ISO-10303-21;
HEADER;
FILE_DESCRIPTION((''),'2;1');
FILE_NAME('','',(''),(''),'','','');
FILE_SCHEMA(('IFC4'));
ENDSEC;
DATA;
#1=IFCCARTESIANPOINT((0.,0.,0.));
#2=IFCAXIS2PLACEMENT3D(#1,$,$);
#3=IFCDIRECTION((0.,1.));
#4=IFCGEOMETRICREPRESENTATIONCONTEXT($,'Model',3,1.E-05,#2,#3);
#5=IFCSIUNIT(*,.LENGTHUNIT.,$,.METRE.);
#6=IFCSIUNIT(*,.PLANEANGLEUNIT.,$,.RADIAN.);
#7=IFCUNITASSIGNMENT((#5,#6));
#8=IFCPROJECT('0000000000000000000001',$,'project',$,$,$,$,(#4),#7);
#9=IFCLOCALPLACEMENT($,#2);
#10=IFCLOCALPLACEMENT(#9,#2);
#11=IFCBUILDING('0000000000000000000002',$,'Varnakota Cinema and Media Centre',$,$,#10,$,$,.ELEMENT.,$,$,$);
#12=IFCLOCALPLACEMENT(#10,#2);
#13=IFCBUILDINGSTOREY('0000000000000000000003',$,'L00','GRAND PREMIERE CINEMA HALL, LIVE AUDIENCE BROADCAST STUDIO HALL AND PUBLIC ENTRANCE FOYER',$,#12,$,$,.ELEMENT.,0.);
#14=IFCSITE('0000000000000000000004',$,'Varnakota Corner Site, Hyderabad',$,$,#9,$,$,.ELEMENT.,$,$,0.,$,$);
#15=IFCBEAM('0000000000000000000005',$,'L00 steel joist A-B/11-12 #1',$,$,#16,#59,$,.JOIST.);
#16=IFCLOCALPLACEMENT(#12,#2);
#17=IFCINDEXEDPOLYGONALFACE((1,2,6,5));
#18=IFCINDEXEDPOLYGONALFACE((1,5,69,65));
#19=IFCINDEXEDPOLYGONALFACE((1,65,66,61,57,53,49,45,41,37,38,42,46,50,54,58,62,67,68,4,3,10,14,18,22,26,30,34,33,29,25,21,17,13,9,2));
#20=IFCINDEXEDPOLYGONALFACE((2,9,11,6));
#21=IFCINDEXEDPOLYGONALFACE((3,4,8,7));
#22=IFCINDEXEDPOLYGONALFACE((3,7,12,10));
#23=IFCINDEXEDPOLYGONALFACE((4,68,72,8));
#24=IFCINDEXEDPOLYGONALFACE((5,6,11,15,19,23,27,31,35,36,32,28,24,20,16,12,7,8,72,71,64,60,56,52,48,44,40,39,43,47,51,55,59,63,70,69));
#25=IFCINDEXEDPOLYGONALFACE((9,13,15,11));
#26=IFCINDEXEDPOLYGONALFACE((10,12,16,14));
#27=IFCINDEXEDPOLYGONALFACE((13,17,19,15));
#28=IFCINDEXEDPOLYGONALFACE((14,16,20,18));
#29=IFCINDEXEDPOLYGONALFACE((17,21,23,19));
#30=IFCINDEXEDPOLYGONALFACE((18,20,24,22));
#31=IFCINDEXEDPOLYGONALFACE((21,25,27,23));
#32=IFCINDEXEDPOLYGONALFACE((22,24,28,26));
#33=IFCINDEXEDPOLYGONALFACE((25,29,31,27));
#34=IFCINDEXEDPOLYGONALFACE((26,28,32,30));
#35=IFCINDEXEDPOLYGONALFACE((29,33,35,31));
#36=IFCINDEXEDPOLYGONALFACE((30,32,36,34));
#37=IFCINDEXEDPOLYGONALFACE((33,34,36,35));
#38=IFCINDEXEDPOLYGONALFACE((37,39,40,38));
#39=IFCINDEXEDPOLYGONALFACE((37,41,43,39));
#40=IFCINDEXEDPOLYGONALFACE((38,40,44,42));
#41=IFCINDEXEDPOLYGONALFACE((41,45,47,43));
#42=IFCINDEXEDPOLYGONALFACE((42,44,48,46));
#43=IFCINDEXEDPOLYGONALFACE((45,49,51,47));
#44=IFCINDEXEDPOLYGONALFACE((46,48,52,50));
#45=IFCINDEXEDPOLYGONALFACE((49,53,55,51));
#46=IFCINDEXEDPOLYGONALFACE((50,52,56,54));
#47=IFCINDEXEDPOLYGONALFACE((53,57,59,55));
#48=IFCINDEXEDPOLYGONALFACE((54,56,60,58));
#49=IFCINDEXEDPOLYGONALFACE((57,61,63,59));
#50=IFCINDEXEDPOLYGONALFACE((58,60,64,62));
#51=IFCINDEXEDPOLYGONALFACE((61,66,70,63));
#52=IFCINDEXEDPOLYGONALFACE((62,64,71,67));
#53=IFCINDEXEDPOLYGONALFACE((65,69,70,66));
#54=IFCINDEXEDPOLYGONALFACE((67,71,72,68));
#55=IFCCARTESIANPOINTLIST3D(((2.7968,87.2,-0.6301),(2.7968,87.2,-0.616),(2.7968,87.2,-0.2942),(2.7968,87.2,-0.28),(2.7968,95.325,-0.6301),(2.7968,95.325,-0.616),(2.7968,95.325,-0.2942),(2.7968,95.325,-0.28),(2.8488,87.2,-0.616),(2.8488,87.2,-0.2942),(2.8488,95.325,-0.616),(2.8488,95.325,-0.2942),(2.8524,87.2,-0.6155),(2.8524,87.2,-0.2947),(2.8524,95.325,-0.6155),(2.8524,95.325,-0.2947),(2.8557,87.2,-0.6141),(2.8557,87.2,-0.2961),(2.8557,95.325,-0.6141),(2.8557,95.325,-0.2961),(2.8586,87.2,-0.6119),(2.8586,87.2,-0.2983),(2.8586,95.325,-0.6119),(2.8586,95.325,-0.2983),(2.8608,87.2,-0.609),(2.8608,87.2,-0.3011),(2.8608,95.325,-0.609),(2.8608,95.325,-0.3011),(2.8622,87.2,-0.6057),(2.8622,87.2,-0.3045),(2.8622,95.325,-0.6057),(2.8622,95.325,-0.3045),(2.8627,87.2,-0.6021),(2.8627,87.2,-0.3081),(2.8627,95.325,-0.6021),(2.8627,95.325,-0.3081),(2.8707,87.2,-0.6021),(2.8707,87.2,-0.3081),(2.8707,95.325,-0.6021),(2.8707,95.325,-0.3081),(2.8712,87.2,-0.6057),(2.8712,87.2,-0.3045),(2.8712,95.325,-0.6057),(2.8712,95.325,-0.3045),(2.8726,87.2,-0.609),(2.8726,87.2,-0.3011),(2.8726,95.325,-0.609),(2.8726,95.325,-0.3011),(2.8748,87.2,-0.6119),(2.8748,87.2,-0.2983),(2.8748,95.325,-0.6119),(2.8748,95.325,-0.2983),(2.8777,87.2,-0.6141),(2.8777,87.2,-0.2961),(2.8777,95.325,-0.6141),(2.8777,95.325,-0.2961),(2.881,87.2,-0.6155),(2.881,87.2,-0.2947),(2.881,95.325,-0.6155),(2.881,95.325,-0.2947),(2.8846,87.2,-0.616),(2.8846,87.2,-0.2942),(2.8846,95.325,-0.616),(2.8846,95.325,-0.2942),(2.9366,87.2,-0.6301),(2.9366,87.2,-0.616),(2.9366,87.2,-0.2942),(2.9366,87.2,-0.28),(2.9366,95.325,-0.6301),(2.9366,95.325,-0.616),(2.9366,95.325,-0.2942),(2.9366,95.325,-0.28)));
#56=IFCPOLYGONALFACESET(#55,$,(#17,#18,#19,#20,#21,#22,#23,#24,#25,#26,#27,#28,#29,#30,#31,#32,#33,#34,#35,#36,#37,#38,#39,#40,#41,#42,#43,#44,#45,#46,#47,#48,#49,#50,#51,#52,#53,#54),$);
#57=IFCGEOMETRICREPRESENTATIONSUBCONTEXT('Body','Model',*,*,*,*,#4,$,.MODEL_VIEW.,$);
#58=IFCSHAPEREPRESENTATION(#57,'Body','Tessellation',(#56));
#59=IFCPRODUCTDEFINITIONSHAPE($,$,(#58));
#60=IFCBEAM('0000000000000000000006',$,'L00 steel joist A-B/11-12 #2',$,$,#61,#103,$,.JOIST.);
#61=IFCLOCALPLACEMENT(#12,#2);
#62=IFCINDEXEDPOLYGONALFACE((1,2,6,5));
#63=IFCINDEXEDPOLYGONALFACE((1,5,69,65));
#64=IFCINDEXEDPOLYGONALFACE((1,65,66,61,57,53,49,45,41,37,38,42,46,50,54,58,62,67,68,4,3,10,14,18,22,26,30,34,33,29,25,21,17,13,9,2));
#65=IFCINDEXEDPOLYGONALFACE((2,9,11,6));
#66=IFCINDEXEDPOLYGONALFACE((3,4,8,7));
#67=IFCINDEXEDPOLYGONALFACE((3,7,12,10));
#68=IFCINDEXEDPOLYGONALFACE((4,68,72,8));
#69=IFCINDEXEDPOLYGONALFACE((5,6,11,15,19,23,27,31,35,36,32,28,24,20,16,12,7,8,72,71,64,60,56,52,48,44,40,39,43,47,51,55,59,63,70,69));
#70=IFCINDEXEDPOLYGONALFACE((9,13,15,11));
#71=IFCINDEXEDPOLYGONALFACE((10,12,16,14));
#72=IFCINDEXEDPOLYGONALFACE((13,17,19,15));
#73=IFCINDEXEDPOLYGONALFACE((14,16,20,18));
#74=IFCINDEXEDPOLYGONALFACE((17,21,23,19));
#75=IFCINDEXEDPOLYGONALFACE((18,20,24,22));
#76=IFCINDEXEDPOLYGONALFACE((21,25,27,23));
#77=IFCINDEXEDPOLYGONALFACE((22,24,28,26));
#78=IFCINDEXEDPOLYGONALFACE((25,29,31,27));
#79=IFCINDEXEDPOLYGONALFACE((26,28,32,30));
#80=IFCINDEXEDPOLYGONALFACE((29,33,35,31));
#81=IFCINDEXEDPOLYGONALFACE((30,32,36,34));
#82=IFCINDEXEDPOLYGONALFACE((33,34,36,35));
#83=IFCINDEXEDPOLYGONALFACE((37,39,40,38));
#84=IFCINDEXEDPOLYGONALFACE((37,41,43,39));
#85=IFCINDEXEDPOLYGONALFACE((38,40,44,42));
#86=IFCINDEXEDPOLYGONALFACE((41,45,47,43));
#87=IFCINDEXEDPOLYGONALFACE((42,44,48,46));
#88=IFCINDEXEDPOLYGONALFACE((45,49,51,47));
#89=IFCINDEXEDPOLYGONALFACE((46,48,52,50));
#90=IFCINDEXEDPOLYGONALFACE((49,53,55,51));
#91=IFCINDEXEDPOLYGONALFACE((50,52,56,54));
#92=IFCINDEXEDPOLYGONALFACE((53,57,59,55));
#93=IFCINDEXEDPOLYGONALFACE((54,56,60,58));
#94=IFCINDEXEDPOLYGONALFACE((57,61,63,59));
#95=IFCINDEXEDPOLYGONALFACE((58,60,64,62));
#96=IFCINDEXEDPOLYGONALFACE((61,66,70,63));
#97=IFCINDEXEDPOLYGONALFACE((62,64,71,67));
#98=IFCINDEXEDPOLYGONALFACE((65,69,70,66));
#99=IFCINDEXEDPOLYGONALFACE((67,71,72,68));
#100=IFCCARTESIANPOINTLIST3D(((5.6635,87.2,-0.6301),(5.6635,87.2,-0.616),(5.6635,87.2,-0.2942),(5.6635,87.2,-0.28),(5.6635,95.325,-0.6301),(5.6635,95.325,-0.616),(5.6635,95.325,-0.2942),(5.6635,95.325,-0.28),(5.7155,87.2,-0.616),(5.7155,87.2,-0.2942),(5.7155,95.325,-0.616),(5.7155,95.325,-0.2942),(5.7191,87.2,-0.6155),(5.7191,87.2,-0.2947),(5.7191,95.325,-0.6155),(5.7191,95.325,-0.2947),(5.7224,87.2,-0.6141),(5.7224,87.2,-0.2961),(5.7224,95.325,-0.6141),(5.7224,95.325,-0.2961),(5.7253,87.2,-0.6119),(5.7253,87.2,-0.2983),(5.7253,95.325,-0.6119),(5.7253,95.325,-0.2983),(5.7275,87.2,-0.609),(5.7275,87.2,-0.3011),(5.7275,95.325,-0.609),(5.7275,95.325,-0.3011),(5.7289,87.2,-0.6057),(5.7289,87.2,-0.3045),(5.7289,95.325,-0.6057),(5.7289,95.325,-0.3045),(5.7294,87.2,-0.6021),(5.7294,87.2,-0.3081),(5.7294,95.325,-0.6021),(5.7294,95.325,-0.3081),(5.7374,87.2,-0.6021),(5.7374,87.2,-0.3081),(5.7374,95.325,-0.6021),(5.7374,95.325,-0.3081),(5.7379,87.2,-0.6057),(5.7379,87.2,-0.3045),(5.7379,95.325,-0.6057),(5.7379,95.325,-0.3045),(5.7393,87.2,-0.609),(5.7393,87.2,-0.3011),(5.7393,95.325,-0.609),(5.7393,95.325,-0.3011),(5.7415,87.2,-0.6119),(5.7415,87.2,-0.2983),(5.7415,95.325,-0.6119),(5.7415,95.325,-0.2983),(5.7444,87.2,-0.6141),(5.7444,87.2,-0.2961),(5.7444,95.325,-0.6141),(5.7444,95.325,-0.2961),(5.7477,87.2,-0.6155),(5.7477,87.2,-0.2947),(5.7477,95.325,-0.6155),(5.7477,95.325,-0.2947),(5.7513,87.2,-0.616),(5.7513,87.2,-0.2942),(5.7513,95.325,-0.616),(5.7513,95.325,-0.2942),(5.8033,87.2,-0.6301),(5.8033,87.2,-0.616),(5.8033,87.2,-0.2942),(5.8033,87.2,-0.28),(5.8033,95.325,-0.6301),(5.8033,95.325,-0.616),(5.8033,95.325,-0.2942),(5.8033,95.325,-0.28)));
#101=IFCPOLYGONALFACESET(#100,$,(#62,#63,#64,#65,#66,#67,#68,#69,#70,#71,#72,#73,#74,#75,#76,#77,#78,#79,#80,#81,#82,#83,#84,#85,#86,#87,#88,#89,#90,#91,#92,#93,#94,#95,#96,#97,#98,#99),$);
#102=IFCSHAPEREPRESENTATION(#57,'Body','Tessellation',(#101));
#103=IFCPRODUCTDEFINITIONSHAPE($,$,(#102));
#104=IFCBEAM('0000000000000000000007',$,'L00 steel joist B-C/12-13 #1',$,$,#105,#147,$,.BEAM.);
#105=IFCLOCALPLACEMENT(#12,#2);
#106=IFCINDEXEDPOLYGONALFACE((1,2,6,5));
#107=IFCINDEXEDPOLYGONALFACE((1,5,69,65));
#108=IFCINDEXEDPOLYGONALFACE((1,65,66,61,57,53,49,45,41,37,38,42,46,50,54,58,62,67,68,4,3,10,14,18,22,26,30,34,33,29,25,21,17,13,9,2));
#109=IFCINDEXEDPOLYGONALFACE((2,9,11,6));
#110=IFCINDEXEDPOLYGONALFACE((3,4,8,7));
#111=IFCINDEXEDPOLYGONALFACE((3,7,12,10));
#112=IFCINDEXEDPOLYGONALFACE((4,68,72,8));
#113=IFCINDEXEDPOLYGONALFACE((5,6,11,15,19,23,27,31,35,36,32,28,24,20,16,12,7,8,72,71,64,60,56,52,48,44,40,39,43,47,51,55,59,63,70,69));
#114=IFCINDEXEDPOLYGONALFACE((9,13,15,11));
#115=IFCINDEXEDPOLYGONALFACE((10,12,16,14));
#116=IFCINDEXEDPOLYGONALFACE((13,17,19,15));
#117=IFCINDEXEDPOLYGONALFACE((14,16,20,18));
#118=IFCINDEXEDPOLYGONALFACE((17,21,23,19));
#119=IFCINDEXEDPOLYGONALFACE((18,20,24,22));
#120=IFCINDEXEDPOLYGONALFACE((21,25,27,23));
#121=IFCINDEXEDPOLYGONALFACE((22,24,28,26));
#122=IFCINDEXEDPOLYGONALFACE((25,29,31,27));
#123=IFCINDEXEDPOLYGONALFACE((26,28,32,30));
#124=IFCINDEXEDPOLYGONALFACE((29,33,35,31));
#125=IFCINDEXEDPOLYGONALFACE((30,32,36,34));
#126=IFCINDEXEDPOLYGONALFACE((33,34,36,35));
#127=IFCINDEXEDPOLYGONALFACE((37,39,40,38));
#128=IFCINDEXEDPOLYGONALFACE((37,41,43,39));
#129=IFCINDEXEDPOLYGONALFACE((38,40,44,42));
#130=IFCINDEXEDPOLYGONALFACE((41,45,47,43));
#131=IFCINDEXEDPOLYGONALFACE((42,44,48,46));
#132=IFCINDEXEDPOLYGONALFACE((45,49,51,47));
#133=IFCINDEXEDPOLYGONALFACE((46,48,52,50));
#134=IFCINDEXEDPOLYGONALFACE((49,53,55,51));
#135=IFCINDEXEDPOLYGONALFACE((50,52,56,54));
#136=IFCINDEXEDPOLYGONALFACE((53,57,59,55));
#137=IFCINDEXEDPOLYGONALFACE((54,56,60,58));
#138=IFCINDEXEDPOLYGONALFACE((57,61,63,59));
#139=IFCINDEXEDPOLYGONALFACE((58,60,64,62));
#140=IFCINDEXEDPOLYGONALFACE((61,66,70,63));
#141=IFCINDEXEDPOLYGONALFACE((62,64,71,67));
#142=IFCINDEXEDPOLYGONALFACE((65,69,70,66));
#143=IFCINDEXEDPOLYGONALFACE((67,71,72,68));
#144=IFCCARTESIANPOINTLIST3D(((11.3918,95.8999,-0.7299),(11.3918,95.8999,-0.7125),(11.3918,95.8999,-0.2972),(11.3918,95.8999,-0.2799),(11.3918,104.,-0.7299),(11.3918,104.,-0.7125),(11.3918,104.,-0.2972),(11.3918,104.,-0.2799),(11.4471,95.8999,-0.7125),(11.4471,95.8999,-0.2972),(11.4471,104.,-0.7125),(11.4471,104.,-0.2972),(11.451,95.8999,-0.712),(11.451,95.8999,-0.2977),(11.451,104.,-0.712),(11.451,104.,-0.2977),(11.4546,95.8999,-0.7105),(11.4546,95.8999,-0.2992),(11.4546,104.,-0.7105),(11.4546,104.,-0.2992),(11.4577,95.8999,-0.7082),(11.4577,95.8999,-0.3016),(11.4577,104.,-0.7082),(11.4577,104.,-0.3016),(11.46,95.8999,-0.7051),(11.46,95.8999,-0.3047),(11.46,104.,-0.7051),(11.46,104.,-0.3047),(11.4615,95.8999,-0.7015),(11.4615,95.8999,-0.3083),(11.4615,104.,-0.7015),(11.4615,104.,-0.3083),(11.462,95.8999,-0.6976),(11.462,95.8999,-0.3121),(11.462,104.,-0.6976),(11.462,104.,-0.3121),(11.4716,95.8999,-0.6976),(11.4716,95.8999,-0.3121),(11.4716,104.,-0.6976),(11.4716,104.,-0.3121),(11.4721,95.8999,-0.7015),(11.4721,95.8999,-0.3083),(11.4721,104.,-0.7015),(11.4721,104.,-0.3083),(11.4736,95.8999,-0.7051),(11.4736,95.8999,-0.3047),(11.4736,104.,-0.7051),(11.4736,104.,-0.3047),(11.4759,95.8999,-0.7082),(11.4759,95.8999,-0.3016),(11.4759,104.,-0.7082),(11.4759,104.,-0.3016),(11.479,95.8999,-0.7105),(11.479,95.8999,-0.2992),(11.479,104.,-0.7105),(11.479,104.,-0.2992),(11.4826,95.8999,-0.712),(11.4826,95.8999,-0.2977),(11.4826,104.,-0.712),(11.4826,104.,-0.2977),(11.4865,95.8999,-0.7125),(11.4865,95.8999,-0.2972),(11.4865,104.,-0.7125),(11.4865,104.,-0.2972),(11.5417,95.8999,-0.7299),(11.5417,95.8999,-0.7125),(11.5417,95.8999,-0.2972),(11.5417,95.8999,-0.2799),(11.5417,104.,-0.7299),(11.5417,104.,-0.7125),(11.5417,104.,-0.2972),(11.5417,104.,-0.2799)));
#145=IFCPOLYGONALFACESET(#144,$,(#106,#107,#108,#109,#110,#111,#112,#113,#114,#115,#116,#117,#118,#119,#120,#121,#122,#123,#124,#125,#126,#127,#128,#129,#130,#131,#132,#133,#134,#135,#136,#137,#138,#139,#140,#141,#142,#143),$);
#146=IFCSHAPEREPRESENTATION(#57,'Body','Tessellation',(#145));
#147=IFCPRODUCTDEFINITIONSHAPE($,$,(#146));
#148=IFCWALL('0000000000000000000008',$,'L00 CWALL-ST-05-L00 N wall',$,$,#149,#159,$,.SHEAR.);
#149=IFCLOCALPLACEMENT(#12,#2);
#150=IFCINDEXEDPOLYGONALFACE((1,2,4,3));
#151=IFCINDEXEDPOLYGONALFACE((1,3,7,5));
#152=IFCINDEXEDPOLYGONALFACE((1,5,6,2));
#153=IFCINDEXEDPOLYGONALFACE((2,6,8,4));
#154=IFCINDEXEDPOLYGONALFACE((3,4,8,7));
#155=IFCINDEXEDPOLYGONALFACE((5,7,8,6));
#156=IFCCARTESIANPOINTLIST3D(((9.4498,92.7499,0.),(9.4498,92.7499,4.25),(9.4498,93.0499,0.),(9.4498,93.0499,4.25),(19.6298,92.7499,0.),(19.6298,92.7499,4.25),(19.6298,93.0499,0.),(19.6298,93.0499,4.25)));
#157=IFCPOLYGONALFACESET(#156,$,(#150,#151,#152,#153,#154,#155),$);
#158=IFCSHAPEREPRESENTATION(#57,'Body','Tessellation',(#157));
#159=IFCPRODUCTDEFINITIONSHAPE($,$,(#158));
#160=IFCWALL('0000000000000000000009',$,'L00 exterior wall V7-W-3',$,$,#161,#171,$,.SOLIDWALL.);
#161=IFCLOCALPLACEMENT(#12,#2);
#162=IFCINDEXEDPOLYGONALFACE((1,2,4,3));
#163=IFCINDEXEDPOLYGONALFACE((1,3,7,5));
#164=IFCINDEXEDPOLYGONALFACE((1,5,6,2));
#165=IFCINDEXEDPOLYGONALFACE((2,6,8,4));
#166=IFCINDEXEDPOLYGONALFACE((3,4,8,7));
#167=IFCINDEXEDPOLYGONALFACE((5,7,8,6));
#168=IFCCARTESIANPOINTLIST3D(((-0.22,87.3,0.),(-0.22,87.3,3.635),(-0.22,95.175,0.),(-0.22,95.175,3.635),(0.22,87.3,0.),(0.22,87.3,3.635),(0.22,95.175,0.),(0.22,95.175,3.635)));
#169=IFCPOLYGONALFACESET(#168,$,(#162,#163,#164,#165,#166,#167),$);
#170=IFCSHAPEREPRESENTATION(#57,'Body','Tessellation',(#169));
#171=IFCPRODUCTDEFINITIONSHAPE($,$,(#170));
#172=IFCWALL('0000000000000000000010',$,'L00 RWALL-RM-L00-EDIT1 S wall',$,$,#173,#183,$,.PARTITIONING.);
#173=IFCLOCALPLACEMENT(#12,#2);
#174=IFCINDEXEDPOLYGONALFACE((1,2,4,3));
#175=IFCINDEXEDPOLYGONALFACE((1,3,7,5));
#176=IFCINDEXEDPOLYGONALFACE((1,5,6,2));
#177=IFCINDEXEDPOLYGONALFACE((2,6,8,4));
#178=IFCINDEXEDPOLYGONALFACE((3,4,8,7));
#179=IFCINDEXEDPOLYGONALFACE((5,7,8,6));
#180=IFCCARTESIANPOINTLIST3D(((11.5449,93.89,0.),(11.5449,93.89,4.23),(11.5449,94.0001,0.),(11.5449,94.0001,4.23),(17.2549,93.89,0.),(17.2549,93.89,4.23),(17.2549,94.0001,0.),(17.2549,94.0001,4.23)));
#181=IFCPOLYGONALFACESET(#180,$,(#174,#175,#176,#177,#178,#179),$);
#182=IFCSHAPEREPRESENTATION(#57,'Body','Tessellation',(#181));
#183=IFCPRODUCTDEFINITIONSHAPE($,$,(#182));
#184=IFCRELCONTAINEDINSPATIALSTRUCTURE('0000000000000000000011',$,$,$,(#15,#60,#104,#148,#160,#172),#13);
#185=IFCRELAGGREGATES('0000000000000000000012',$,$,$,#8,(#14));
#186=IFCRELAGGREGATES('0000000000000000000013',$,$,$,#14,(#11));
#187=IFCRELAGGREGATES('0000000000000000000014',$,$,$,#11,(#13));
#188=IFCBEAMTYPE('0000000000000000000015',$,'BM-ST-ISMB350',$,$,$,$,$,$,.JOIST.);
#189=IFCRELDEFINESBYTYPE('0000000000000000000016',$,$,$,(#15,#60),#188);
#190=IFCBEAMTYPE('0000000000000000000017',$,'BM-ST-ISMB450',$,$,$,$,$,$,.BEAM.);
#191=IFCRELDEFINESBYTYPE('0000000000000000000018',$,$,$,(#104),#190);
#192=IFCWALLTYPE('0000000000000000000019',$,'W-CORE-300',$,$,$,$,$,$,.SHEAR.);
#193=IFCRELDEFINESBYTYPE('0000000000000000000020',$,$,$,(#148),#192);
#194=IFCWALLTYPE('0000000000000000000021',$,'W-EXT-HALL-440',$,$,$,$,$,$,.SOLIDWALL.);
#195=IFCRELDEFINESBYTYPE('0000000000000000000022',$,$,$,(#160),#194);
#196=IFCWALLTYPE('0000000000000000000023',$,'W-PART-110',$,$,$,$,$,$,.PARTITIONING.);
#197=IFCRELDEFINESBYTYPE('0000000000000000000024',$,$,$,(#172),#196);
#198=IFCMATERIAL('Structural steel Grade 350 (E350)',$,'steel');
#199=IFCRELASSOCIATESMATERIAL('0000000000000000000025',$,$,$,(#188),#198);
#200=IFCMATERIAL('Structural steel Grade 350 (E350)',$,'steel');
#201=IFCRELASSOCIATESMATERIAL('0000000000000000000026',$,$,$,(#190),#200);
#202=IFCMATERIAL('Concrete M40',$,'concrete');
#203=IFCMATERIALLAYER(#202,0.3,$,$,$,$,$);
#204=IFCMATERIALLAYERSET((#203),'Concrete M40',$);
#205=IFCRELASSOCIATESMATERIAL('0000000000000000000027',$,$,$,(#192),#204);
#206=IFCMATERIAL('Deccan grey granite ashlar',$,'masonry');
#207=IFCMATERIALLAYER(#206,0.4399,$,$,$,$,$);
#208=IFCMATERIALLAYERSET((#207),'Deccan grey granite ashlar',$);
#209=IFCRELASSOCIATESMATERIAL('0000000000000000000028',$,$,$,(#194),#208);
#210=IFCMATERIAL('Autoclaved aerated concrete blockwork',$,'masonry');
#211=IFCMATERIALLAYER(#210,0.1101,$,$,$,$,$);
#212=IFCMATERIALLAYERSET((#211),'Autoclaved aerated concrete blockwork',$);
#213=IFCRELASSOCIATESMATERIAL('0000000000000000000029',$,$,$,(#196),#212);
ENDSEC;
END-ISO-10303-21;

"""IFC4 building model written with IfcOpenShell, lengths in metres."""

from ifc_helpers import new_model, si_unit, direction, frame, frame_2d, origin, origin_2d, place, context, subcontext, project, spatial, rectangle, i_section, extrude, material, layer, layer_set, material_profile, profile_set, type_object, element, save


model = new_model("IFC4")

# Units and contexts
model_context = context("Model", 3, precision=1e-05, world=origin(), true_north=direction((0.0, 1.0)))
body_context = subcontext(model_context, "Body", "Model", "MODEL_VIEW")
ifc_project = project(units=[si_unit("LENGTHUNIT", "METRE"), si_unit("PLANEANGLEUNIT", "RADIAN")], contexts=[model_context])

# Site, building, storey
site_placement = place(None, origin())
site = spatial("IfcSite", under=ifc_project, at=site_placement, Name="Varnakota Corner Site, Hyderabad", CompositionType="ELEMENT", RefElevation=0.0)
building_placement = place(site_placement, origin())
building = spatial("IfcBuilding", under=site, at=building_placement, Name="Varnakota Cinema and Media Centre", CompositionType="ELEMENT")
storey_placement = place(building_placement, origin())
storey = spatial("IfcBuildingStorey", under=building, at=storey_placement, Name="L00", Description="GRAND PREMIERE CINEMA HALL, LIVE AUDIENCE BROADCAST STUDIO HALL AND PUBLIC ENTRANCE FOYER", CompositionType="ELEMENT", Elevation=0.0)

# Beams
ifc_material_1 = material(Name="Structural steel Grade 350 (E350)", Category="steel")
ifc_material_profile_1 = material_profile(ifc_material_1, i_section(OverallWidth=0.1399, OverallDepth=0.3501, WebThickness=0.0081, FlangeThickness=0.0142, FilletRadius=0.0139, at=origin_2d()), Name="ISMB 350")
ifc_profile_set_1 = profile_set([ifc_material_profile_1], Name="Structural steel Grade 350 (E350)")
beam_type_1 = type_object("IfcBeamType", Name="BM-ST-ISMB350", PredefinedType="JOIST", material=ifc_profile_set_1)
for number, where, z_axis, x_axis, name in (
    (1, (2.8667, 87.2, -0.4551), (0.0, 1.0, 0.0), (-1.0, 0.0, 0.0), "L00 steel joist A-B/11-12 #1"),
    (2, (5.7334, 87.2, -0.4551), (0.0, 1.0, 0.0), (-1.0, 0.0, 0.0), "L00 steel joist A-B/11-12 #2"),
):
    element("IfcBeam", number, at=place(storey_placement, frame(where, z_axis=z_axis, x_axis=x_axis)), inside=storey, type_object=beam_type_1, Name=name, PredefinedType="JOIST", context=body_context, shape_type="SweptSolid", body=[
        extrude(i_section(OverallWidth=0.1399, OverallDepth=0.3501, WebThickness=0.0081, FlangeThickness=0.0142, FilletRadius=0.0139, at=origin_2d()), origin(), (0.0, 0.0, 1.0), 8.125),
    ])
ifc_material_2 = material(Name="Structural steel Grade 350 (E350)", Category="steel")
ifc_material_profile_2 = material_profile(ifc_material_2, i_section(OverallWidth=0.1499, OverallDepth=0.45, WebThickness=0.0095, FlangeThickness=0.0173, FilletRadius=0.0149, at=origin_2d()), Name="ISMB 450")
ifc_profile_set_2 = profile_set([ifc_material_profile_2], Name="Structural steel Grade 350 (E350)")
beam_type_2 = type_object("IfcBeamType", Name="BM-ST-ISMB450", PredefinedType="BEAM", material=ifc_profile_set_2)
beam_1_placement = place(storey_placement, frame((11.4668, 95.8999, -0.5049), z_axis=(0.0, 1.0, 0.0), x_axis=(-1.0, 0.0, 0.0)))
element("IfcBeam", 3, at=beam_1_placement, inside=storey, type_object=beam_type_2, Name="L00 steel joist B-C/12-13 #1", PredefinedType="BEAM", context=body_context, shape_type="SweptSolid", body=[
    extrude(i_section(OverallWidth=0.1499, OverallDepth=0.45, WebThickness=0.0095, FlangeThickness=0.0173, FilletRadius=0.0149, at=origin_2d()), origin(), (0.0, 0.0, 1.0), 8.1001),
])

# Shared definitions
ifc_material_3 = material(Name="Concrete M40", Category="concrete")
ifc_layer_1 = layer(ifc_material_3, 0.3)
ifc_layer_set_1 = layer_set([ifc_layer_1], Name="Concrete M40")
wall_type_1 = type_object("IfcWallType", Name="W-CORE-300", PredefinedType="SHEAR", material=ifc_layer_set_1)

# Walls
wall_1_placement = place(storey_placement, frame((9.45, 92.8999, 0.0), z_axis=(0.0, 0.0, 1.0), x_axis=(1.0, 0.0, 0.0)))
element("IfcWall", 4, at=wall_1_placement, inside=storey, type_object=wall_type_1, Name="L00 CWALL-ST-05-L00 N wall", PredefinedType="SHEAR", context=body_context, shape_type="SweptSolid", body=[
    extrude(rectangle(XDim=10.1799, YDim=0.3, at=frame_2d((5.0898, 0.0))), origin(), (0.0, 0.0, 1.0), 4.25),
])
ifc_material_4 = material(Name="Deccan grey granite ashlar", Category="masonry")
ifc_layer_2 = layer(ifc_material_4, 0.4399)
ifc_layer_set_2 = layer_set([ifc_layer_2], Name="Deccan grey granite ashlar")
wall_type_2 = type_object("IfcWallType", Name="W-EXT-HALL-440", PredefinedType="SOLIDWALL", material=ifc_layer_set_2)
wall_2_placement = place(storey_placement, frame((0.0, 95.175, 0.0), z_axis=(0.0, 0.0, 1.0), x_axis=(0.0, -1.0, 0.0)))
element("IfcWall", 5, at=wall_2_placement, inside=storey, type_object=wall_type_2, Name="L00 exterior wall V7-W-3", PredefinedType="SOLIDWALL", context=body_context, shape_type="SweptSolid", body=[
    extrude(rectangle(XDim=7.875, YDim=0.4399, at=frame_2d((3.9375, 0.0))), origin(), (0.0, 0.0, 1.0), 3.635),
])
ifc_material_5 = material(Name="Autoclaved aerated concrete blockwork", Category="masonry")
ifc_layer_3 = layer(ifc_material_5, 0.1101)
ifc_layer_set_3 = layer_set([ifc_layer_3], Name="Autoclaved aerated concrete blockwork")
wall_type_3 = type_object("IfcWallType", Name="W-PART-110", PredefinedType="PARTITIONING", material=ifc_layer_set_3)
wall_3_placement = place(storey_placement, frame((17.2549, 93.9451, 0.0), z_axis=(0.0, 0.0, 1.0), x_axis=(-1.0, 0.0, 0.0)))
element("IfcWall", 6, at=wall_3_placement, inside=storey, type_object=wall_type_3, Name="L00 RWALL-RM-L00-EDIT1 S wall", PredefinedType="PARTITIONING", context=body_context, shape_type="SweptSolid", body=[
    extrude(rectangle(XDim=5.71, YDim=0.1101, at=frame_2d((2.855, 0.0))), origin(), (0.0, 0.0, 1.0), 4.23),
])

save(model, "model.ifc")
